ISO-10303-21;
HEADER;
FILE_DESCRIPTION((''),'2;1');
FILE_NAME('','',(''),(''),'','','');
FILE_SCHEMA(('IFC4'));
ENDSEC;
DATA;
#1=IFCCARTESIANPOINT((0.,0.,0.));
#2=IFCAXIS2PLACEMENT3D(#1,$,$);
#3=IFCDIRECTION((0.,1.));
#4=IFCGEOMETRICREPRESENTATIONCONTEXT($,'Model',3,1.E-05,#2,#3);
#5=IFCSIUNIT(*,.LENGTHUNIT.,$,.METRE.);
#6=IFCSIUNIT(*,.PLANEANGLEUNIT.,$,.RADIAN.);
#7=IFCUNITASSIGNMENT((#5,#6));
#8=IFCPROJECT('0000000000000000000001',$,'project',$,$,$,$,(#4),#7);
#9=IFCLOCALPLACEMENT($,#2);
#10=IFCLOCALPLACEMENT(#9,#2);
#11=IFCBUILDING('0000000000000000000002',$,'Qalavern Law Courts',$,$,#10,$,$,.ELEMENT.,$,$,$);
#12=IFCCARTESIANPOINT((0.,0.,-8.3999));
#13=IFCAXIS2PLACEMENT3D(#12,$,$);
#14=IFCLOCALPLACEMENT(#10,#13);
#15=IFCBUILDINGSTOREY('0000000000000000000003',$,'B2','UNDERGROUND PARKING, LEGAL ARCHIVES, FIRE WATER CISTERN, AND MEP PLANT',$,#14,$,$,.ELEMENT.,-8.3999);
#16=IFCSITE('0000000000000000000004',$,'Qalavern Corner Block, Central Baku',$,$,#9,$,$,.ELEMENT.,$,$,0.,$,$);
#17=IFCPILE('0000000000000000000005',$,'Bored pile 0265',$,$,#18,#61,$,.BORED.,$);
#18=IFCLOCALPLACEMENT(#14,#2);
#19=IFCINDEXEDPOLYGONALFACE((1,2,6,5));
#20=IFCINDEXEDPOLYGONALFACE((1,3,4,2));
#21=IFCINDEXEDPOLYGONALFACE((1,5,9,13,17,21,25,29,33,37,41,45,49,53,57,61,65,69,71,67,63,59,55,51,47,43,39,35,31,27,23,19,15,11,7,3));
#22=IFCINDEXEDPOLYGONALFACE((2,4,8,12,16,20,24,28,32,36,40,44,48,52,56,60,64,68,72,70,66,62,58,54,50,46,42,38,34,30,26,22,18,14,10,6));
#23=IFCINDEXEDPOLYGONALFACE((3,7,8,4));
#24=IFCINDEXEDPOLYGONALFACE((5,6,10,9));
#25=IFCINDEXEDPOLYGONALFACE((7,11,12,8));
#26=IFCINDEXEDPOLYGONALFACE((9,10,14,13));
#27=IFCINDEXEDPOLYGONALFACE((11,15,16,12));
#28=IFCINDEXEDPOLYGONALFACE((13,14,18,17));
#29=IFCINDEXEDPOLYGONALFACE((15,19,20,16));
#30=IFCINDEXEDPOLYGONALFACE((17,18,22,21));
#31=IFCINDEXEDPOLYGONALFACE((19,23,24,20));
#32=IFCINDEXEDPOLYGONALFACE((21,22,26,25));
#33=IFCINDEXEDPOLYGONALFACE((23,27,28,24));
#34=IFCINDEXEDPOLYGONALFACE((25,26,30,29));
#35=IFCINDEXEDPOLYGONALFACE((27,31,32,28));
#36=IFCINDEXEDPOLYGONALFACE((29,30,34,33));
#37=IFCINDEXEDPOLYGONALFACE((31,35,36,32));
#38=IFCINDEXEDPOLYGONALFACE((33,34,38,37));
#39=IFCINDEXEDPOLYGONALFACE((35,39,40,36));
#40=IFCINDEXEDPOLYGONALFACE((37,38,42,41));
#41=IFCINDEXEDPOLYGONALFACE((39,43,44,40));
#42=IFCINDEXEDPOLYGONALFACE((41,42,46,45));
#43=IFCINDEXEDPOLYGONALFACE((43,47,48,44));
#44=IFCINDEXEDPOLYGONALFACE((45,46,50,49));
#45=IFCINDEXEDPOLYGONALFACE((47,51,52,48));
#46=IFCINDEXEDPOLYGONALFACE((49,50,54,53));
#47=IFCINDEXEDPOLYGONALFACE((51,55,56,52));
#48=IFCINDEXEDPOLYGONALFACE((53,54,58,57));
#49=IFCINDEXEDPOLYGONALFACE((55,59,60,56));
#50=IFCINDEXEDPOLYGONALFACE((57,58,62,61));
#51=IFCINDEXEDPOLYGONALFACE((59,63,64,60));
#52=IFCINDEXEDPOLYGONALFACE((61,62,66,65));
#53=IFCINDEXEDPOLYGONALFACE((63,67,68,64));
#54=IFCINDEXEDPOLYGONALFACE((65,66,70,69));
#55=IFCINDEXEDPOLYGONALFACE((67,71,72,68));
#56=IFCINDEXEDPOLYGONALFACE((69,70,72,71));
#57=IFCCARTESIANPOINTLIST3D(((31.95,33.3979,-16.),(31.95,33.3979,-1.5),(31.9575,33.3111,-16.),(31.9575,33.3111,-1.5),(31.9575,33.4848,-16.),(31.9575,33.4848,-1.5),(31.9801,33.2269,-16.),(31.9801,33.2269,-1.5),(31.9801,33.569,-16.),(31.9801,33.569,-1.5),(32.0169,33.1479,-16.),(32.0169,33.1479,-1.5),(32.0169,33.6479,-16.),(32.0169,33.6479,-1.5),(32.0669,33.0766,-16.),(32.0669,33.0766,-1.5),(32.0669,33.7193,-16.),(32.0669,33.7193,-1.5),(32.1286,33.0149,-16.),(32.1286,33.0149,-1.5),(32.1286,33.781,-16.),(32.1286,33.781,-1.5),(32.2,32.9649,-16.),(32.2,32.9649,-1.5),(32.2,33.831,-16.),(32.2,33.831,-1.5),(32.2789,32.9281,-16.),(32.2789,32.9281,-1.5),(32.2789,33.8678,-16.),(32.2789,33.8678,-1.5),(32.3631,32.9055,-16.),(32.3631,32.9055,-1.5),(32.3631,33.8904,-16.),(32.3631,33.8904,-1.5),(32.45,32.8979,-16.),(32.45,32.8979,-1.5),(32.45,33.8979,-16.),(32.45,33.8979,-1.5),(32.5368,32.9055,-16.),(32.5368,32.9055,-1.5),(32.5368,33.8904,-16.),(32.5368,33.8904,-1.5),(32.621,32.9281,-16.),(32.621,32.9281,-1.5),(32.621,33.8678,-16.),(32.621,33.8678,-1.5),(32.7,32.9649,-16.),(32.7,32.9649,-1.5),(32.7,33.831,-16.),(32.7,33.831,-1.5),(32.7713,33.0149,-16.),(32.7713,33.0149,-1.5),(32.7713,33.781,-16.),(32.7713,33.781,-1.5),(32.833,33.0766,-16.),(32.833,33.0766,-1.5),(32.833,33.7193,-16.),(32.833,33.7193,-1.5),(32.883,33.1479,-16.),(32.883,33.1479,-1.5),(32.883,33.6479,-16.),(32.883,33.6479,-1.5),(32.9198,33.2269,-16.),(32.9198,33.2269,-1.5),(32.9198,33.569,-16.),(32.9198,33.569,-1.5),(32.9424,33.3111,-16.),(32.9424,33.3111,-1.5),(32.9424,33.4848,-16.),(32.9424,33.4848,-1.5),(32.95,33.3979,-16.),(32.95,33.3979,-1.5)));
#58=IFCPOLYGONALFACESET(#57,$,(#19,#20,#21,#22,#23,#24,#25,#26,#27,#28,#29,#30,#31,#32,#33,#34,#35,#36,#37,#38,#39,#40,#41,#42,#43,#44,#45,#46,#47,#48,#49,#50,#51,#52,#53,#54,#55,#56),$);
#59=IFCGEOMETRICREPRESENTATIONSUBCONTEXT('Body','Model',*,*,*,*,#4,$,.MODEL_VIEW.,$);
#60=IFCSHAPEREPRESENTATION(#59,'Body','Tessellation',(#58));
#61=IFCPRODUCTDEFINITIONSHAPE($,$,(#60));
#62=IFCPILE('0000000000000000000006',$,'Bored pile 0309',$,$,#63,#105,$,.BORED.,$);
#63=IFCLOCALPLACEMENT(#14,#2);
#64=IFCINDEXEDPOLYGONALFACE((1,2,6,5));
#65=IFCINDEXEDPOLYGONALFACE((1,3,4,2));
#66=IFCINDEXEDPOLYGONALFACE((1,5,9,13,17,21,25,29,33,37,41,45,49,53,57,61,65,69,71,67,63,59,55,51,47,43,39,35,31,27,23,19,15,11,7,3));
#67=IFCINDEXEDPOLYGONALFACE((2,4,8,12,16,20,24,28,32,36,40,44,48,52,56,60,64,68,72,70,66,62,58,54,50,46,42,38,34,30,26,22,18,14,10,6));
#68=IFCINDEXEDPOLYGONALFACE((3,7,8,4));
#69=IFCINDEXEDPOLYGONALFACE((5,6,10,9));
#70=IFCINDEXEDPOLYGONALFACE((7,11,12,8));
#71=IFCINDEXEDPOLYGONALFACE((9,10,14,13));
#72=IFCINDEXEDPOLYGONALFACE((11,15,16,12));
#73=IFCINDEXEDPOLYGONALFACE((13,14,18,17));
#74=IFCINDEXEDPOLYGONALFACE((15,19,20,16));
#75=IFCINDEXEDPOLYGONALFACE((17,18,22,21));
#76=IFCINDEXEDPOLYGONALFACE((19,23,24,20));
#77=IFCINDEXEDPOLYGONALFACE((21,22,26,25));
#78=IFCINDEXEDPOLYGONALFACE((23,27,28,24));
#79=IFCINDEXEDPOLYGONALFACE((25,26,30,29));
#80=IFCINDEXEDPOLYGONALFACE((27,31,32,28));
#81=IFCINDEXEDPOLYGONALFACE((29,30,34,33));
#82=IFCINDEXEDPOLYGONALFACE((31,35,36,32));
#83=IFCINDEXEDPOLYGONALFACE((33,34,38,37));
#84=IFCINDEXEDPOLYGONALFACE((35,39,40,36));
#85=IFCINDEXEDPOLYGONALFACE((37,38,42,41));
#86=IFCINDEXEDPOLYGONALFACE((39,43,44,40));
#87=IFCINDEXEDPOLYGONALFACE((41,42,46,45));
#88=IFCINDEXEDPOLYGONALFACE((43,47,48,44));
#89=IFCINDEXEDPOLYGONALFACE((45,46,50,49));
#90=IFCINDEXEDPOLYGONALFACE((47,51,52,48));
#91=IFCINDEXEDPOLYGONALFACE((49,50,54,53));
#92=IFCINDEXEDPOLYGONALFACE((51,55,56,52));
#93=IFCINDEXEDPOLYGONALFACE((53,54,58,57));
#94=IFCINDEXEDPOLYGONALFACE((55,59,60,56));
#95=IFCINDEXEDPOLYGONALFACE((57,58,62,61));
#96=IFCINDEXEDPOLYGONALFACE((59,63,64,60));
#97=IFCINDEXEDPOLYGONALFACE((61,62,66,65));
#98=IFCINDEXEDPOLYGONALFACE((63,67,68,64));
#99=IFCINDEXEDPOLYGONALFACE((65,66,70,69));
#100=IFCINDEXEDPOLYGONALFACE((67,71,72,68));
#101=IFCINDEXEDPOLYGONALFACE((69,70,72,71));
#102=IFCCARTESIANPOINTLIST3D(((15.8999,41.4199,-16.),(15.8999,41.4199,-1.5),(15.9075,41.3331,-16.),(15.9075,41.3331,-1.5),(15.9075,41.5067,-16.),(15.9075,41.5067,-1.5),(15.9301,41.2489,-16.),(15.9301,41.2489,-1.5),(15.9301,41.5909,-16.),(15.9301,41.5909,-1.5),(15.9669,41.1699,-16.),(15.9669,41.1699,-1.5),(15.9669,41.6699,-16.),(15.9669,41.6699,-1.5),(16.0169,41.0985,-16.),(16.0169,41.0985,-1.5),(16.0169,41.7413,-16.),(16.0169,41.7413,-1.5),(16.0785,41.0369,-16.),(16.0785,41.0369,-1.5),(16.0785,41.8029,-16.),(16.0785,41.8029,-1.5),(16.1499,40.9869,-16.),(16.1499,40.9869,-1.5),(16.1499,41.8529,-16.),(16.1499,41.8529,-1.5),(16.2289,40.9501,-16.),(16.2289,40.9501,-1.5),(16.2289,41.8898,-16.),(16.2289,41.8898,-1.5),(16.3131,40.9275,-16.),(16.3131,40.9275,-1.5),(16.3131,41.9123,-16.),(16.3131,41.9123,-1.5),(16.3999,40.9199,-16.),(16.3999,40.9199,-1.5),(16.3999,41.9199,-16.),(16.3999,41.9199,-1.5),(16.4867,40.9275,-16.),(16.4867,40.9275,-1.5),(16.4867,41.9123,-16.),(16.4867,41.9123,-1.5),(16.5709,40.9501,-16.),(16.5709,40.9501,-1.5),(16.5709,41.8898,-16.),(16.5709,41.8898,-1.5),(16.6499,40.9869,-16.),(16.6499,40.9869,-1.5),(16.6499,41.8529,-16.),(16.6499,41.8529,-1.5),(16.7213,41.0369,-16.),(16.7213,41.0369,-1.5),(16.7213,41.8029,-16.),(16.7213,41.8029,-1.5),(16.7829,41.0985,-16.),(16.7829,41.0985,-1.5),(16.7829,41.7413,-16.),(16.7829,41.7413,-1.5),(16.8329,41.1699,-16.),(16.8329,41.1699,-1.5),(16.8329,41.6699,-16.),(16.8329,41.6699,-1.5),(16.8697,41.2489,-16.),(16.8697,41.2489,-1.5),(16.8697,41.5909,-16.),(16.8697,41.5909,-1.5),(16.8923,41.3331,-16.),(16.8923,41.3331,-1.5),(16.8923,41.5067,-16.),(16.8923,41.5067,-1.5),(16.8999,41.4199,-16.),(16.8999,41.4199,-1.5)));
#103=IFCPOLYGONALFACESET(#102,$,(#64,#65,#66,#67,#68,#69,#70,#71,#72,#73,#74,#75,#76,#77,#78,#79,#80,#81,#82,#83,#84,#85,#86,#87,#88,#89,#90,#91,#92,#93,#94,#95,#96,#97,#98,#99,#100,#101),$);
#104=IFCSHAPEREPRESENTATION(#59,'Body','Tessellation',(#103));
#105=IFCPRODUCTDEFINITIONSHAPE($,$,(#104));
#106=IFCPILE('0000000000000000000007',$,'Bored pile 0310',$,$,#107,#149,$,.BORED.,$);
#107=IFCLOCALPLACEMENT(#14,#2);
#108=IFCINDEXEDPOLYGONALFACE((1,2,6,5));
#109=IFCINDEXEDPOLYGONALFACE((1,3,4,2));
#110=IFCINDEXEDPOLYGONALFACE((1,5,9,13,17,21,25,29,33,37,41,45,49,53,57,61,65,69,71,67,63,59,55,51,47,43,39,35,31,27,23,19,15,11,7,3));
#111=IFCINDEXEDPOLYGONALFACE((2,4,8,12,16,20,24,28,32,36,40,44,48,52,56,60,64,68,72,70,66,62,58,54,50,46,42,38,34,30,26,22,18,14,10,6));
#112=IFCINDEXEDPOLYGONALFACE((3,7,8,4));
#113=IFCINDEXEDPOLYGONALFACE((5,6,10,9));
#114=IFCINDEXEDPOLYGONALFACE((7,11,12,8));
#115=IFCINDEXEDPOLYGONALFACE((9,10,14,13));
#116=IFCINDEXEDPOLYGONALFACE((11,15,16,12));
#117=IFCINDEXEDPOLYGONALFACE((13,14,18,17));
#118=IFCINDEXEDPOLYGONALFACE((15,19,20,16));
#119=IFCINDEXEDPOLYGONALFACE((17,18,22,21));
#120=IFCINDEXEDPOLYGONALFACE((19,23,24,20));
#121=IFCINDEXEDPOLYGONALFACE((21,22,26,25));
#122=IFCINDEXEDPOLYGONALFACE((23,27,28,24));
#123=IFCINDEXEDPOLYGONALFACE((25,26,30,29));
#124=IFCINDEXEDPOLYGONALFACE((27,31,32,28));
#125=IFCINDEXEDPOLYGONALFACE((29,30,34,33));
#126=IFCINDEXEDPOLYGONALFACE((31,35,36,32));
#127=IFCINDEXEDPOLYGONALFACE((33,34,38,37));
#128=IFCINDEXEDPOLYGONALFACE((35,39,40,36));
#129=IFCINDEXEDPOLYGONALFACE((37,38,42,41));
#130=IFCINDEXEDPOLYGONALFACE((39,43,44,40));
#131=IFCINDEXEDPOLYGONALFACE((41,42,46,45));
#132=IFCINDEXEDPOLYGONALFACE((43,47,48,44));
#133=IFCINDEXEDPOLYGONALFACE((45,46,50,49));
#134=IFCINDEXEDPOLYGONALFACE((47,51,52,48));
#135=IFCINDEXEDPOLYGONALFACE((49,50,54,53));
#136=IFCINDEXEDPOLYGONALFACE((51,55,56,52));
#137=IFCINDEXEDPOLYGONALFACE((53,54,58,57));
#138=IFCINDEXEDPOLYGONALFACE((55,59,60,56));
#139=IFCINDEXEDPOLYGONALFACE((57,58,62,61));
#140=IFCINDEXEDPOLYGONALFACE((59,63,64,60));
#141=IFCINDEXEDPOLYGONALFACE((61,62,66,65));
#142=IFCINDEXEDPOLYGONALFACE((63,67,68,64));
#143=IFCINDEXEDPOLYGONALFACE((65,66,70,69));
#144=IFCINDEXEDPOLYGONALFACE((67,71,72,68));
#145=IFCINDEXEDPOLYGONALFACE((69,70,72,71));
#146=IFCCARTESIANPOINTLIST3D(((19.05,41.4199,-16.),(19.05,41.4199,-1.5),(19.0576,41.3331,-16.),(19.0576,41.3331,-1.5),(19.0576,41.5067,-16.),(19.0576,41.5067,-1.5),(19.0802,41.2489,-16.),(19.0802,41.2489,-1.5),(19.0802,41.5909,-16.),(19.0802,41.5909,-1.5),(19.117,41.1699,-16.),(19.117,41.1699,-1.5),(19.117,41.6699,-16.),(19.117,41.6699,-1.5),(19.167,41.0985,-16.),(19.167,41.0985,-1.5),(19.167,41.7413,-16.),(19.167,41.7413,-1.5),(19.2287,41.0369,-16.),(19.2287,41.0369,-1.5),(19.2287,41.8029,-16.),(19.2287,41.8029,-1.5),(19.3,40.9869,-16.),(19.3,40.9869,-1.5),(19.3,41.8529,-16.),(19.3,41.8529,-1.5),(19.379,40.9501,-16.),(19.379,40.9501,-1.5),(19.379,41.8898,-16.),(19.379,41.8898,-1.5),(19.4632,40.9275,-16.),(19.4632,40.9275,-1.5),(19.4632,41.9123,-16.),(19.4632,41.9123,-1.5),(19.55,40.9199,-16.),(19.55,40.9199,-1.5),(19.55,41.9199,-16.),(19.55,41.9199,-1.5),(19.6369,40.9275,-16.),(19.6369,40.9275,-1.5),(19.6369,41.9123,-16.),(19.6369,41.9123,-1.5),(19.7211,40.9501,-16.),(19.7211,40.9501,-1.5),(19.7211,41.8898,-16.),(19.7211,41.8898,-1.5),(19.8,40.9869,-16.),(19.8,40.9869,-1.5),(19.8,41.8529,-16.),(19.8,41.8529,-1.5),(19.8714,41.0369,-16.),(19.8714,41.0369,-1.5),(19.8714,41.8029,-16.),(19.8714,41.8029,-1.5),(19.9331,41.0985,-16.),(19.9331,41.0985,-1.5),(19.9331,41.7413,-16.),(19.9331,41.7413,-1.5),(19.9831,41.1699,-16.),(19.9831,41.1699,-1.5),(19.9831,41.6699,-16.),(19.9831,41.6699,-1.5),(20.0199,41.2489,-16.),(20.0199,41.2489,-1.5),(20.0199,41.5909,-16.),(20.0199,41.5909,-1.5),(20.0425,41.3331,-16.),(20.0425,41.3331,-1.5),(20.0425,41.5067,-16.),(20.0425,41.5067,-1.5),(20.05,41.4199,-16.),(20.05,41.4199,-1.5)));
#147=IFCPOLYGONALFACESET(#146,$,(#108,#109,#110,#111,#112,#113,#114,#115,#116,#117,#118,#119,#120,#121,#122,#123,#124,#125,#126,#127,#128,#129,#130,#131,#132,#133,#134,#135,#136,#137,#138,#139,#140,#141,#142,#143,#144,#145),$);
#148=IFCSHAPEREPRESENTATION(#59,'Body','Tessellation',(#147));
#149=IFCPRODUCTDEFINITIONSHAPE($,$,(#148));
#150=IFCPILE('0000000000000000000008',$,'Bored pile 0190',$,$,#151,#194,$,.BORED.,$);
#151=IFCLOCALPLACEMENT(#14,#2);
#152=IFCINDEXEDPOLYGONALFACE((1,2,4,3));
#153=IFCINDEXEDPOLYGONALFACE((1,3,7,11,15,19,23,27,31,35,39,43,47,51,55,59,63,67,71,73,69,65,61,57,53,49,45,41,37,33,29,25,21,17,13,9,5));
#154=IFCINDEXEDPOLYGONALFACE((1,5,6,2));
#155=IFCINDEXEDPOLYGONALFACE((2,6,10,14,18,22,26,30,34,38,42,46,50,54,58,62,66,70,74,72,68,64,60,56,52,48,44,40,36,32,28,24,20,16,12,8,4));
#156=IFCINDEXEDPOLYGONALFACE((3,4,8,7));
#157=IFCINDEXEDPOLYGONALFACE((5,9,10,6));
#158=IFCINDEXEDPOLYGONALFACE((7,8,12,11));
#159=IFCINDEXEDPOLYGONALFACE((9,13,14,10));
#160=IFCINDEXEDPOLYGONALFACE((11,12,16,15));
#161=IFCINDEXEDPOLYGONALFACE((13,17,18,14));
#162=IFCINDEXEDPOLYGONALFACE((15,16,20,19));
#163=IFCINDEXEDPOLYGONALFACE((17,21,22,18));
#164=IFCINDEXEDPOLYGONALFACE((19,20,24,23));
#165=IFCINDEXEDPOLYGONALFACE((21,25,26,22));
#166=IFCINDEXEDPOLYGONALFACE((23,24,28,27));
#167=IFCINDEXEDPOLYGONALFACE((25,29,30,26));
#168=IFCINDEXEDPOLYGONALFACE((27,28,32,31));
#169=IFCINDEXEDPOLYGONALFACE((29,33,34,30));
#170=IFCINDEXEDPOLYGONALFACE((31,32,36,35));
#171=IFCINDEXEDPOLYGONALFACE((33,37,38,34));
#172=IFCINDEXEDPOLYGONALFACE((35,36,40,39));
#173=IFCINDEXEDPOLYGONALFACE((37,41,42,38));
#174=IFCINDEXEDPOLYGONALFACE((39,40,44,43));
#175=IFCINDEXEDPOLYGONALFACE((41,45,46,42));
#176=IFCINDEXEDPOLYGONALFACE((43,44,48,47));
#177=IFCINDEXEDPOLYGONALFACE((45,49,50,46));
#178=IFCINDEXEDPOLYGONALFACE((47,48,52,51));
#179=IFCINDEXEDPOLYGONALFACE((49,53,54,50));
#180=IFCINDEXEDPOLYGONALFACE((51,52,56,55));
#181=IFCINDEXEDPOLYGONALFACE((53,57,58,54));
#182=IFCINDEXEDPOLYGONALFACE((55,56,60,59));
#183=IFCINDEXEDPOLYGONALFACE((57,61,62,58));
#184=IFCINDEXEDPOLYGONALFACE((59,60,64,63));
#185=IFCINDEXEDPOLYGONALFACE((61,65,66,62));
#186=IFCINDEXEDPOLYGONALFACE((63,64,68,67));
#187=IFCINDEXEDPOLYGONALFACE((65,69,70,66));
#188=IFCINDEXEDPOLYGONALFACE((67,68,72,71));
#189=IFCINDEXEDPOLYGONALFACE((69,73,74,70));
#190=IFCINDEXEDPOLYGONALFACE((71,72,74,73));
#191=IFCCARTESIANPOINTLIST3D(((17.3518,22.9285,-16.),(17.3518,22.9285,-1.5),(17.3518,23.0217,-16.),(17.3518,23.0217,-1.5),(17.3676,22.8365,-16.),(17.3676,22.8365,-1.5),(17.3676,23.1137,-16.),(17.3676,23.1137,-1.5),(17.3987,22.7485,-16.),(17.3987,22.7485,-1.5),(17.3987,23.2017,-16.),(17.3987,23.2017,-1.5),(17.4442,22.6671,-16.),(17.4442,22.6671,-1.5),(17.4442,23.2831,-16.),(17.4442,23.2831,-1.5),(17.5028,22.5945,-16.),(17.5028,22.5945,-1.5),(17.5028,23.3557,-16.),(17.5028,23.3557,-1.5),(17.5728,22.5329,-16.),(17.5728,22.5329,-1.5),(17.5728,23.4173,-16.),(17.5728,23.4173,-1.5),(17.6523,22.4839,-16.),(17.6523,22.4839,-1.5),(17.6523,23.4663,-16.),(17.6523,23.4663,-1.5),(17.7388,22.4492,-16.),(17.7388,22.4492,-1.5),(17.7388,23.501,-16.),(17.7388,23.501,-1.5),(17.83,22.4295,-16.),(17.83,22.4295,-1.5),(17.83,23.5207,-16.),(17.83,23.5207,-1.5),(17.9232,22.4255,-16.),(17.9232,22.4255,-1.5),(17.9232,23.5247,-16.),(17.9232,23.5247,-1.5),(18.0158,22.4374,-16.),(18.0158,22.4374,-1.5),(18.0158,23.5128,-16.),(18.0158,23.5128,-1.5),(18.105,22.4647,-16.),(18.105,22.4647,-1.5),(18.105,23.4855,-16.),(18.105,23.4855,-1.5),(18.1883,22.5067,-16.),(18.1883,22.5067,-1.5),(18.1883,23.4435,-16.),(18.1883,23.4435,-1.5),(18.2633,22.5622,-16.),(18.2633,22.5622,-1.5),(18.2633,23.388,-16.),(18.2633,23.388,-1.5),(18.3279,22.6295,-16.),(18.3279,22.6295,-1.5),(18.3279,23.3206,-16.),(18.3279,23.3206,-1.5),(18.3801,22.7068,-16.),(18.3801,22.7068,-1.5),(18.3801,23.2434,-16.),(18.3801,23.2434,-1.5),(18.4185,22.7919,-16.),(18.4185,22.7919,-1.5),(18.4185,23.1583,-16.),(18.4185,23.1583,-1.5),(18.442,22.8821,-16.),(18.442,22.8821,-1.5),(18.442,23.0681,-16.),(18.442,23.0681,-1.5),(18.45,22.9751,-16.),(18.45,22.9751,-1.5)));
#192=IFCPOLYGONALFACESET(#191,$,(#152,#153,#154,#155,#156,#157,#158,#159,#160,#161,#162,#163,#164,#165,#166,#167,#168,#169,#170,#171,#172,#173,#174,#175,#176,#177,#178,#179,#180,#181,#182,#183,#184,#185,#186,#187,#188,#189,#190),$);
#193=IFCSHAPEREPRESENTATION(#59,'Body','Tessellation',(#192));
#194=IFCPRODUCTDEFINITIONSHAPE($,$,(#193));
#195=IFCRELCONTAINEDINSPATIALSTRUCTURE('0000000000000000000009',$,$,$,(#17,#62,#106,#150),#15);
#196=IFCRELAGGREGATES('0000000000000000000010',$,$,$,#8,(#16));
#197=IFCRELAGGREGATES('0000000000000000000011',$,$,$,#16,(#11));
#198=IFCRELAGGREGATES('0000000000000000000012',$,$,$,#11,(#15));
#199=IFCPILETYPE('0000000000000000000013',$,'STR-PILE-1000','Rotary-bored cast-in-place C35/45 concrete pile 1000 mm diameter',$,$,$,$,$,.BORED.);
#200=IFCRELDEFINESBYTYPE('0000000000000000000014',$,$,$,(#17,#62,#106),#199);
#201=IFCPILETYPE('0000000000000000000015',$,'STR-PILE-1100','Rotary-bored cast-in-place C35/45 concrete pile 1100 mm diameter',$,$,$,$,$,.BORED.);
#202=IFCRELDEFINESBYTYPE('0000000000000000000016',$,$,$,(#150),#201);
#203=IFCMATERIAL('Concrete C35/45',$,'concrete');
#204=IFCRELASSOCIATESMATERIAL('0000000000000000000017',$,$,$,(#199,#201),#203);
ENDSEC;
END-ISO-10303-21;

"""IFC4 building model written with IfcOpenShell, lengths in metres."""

from ifc_helpers import new_model, si_unit, direction, frame, origin, origin_2d, place, context, subcontext, project, spatial, circle, extrude, material, material_profile, profile_set, type_object, element, save


model = new_model("IFC4")

# Units and contexts
model_context = context("Model", 3, precision=1e-05, world=origin(), true_north=direction((0.0, 1.0)))
body_context = subcontext(model_context, "Body", "Model", "MODEL_VIEW")
ifc_project = project(units=[si_unit("LENGTHUNIT", "METRE"), si_unit("PLANEANGLEUNIT", "RADIAN")], contexts=[model_context])

# Site, building, storey
site_placement = place(None, origin())
site = spatial("IfcSite", under=ifc_project, at=site_placement, Name="Qalavern Corner Block, Central Baku", CompositionType="ELEMENT", RefElevation=0.0)
building_placement = place(site_placement, origin())
building = spatial("IfcBuilding", under=site, at=building_placement, Name="Qalavern Law Courts", CompositionType="ELEMENT")
storey_placement = place(building_placement, frame((0.0, 0.0, -8.3999)))
storey = spatial("IfcBuildingStorey", under=building, at=storey_placement, Name="B2", Description="UNDERGROUND PARKING, LEGAL ARCHIVES, FIRE WATER CISTERN, AND MEP PLANT", CompositionType="ELEMENT", Elevation=-8.3999)

# Shared definitions
ifc_material_1 = material(Name="Concrete C35/45", Category="concrete")

# Piles
ifc_material_profile_1 = material_profile(ifc_material_1, circle(Radius=0.5, at=origin_2d()), Name="BORED PILE 1000")
ifc_profile_set_1 = profile_set([ifc_material_profile_1], Name="Concrete C35/45")
pile_type_1 = type_object("IfcPileType", Name="STR-PILE-1000", Description="Rotary-bored cast-in-place C35/45 concrete pile 1000 mm diameter", PredefinedType="BORED", material=ifc_profile_set_1)
for number, where, z_axis, x_axis, name in (
    (1, (32.45, 33.3979, -1.5), (0.0, 0.0, -1.0), (1.0, 0.0, 0.0), "Bored pile 0265"),
    (2, (16.3999, 41.4199, -1.5), (0.0, 0.0, -1.0), (1.0, 0.0, 0.0), "Bored pile 0309"),
    (3, (19.55, 41.4199, -1.5), (0.0, 0.0, -1.0), (1.0, 0.0, 0.0), "Bored pile 0310"),
):
    element("IfcPile", number, at=place(storey_placement, frame(where, z_axis=z_axis, x_axis=x_axis)), inside=storey, type_object=pile_type_1, Name=name, PredefinedType="BORED", context=body_context, shape_type="SweptSolid", body=[
        extrude(circle(Radius=0.5, at=origin_2d()), origin(), (0.0, 0.0, 1.0), 14.5),
    ])
ifc_material_profile_2 = material_profile(ifc_material_1, circle(Radius=0.55, at=origin_2d()), Name="BORED PILE 1100")
ifc_profile_set_2 = profile_set([ifc_material_profile_2], Name="Concrete C35/45")
pile_type_2 = type_object("IfcPileType", Name="STR-PILE-1100", Description="Rotary-bored cast-in-place C35/45 concrete pile 1100 mm diameter", PredefinedType="BORED", material=ifc_profile_set_2)
for number, where, z_axis, x_axis, name in (
    (4, (17.8999, 22.9751, -1.5), (0.0, 0.0, -1.0), (1.0, 0.0, 0.0), "Bored pile 0190"),
):
    element("IfcPile", number, at=place(storey_placement, frame(where, z_axis=z_axis, x_axis=x_axis)), inside=storey, type_object=pile_type_2, Name=name, PredefinedType="BORED", context=body_context, shape_type="SweptSolid", body=[
        extrude(circle(Radius=0.55, at=origin_2d()), origin(), (0.0, 0.0, 1.0), 14.5),
    ])

save(model, "model.ifc")
